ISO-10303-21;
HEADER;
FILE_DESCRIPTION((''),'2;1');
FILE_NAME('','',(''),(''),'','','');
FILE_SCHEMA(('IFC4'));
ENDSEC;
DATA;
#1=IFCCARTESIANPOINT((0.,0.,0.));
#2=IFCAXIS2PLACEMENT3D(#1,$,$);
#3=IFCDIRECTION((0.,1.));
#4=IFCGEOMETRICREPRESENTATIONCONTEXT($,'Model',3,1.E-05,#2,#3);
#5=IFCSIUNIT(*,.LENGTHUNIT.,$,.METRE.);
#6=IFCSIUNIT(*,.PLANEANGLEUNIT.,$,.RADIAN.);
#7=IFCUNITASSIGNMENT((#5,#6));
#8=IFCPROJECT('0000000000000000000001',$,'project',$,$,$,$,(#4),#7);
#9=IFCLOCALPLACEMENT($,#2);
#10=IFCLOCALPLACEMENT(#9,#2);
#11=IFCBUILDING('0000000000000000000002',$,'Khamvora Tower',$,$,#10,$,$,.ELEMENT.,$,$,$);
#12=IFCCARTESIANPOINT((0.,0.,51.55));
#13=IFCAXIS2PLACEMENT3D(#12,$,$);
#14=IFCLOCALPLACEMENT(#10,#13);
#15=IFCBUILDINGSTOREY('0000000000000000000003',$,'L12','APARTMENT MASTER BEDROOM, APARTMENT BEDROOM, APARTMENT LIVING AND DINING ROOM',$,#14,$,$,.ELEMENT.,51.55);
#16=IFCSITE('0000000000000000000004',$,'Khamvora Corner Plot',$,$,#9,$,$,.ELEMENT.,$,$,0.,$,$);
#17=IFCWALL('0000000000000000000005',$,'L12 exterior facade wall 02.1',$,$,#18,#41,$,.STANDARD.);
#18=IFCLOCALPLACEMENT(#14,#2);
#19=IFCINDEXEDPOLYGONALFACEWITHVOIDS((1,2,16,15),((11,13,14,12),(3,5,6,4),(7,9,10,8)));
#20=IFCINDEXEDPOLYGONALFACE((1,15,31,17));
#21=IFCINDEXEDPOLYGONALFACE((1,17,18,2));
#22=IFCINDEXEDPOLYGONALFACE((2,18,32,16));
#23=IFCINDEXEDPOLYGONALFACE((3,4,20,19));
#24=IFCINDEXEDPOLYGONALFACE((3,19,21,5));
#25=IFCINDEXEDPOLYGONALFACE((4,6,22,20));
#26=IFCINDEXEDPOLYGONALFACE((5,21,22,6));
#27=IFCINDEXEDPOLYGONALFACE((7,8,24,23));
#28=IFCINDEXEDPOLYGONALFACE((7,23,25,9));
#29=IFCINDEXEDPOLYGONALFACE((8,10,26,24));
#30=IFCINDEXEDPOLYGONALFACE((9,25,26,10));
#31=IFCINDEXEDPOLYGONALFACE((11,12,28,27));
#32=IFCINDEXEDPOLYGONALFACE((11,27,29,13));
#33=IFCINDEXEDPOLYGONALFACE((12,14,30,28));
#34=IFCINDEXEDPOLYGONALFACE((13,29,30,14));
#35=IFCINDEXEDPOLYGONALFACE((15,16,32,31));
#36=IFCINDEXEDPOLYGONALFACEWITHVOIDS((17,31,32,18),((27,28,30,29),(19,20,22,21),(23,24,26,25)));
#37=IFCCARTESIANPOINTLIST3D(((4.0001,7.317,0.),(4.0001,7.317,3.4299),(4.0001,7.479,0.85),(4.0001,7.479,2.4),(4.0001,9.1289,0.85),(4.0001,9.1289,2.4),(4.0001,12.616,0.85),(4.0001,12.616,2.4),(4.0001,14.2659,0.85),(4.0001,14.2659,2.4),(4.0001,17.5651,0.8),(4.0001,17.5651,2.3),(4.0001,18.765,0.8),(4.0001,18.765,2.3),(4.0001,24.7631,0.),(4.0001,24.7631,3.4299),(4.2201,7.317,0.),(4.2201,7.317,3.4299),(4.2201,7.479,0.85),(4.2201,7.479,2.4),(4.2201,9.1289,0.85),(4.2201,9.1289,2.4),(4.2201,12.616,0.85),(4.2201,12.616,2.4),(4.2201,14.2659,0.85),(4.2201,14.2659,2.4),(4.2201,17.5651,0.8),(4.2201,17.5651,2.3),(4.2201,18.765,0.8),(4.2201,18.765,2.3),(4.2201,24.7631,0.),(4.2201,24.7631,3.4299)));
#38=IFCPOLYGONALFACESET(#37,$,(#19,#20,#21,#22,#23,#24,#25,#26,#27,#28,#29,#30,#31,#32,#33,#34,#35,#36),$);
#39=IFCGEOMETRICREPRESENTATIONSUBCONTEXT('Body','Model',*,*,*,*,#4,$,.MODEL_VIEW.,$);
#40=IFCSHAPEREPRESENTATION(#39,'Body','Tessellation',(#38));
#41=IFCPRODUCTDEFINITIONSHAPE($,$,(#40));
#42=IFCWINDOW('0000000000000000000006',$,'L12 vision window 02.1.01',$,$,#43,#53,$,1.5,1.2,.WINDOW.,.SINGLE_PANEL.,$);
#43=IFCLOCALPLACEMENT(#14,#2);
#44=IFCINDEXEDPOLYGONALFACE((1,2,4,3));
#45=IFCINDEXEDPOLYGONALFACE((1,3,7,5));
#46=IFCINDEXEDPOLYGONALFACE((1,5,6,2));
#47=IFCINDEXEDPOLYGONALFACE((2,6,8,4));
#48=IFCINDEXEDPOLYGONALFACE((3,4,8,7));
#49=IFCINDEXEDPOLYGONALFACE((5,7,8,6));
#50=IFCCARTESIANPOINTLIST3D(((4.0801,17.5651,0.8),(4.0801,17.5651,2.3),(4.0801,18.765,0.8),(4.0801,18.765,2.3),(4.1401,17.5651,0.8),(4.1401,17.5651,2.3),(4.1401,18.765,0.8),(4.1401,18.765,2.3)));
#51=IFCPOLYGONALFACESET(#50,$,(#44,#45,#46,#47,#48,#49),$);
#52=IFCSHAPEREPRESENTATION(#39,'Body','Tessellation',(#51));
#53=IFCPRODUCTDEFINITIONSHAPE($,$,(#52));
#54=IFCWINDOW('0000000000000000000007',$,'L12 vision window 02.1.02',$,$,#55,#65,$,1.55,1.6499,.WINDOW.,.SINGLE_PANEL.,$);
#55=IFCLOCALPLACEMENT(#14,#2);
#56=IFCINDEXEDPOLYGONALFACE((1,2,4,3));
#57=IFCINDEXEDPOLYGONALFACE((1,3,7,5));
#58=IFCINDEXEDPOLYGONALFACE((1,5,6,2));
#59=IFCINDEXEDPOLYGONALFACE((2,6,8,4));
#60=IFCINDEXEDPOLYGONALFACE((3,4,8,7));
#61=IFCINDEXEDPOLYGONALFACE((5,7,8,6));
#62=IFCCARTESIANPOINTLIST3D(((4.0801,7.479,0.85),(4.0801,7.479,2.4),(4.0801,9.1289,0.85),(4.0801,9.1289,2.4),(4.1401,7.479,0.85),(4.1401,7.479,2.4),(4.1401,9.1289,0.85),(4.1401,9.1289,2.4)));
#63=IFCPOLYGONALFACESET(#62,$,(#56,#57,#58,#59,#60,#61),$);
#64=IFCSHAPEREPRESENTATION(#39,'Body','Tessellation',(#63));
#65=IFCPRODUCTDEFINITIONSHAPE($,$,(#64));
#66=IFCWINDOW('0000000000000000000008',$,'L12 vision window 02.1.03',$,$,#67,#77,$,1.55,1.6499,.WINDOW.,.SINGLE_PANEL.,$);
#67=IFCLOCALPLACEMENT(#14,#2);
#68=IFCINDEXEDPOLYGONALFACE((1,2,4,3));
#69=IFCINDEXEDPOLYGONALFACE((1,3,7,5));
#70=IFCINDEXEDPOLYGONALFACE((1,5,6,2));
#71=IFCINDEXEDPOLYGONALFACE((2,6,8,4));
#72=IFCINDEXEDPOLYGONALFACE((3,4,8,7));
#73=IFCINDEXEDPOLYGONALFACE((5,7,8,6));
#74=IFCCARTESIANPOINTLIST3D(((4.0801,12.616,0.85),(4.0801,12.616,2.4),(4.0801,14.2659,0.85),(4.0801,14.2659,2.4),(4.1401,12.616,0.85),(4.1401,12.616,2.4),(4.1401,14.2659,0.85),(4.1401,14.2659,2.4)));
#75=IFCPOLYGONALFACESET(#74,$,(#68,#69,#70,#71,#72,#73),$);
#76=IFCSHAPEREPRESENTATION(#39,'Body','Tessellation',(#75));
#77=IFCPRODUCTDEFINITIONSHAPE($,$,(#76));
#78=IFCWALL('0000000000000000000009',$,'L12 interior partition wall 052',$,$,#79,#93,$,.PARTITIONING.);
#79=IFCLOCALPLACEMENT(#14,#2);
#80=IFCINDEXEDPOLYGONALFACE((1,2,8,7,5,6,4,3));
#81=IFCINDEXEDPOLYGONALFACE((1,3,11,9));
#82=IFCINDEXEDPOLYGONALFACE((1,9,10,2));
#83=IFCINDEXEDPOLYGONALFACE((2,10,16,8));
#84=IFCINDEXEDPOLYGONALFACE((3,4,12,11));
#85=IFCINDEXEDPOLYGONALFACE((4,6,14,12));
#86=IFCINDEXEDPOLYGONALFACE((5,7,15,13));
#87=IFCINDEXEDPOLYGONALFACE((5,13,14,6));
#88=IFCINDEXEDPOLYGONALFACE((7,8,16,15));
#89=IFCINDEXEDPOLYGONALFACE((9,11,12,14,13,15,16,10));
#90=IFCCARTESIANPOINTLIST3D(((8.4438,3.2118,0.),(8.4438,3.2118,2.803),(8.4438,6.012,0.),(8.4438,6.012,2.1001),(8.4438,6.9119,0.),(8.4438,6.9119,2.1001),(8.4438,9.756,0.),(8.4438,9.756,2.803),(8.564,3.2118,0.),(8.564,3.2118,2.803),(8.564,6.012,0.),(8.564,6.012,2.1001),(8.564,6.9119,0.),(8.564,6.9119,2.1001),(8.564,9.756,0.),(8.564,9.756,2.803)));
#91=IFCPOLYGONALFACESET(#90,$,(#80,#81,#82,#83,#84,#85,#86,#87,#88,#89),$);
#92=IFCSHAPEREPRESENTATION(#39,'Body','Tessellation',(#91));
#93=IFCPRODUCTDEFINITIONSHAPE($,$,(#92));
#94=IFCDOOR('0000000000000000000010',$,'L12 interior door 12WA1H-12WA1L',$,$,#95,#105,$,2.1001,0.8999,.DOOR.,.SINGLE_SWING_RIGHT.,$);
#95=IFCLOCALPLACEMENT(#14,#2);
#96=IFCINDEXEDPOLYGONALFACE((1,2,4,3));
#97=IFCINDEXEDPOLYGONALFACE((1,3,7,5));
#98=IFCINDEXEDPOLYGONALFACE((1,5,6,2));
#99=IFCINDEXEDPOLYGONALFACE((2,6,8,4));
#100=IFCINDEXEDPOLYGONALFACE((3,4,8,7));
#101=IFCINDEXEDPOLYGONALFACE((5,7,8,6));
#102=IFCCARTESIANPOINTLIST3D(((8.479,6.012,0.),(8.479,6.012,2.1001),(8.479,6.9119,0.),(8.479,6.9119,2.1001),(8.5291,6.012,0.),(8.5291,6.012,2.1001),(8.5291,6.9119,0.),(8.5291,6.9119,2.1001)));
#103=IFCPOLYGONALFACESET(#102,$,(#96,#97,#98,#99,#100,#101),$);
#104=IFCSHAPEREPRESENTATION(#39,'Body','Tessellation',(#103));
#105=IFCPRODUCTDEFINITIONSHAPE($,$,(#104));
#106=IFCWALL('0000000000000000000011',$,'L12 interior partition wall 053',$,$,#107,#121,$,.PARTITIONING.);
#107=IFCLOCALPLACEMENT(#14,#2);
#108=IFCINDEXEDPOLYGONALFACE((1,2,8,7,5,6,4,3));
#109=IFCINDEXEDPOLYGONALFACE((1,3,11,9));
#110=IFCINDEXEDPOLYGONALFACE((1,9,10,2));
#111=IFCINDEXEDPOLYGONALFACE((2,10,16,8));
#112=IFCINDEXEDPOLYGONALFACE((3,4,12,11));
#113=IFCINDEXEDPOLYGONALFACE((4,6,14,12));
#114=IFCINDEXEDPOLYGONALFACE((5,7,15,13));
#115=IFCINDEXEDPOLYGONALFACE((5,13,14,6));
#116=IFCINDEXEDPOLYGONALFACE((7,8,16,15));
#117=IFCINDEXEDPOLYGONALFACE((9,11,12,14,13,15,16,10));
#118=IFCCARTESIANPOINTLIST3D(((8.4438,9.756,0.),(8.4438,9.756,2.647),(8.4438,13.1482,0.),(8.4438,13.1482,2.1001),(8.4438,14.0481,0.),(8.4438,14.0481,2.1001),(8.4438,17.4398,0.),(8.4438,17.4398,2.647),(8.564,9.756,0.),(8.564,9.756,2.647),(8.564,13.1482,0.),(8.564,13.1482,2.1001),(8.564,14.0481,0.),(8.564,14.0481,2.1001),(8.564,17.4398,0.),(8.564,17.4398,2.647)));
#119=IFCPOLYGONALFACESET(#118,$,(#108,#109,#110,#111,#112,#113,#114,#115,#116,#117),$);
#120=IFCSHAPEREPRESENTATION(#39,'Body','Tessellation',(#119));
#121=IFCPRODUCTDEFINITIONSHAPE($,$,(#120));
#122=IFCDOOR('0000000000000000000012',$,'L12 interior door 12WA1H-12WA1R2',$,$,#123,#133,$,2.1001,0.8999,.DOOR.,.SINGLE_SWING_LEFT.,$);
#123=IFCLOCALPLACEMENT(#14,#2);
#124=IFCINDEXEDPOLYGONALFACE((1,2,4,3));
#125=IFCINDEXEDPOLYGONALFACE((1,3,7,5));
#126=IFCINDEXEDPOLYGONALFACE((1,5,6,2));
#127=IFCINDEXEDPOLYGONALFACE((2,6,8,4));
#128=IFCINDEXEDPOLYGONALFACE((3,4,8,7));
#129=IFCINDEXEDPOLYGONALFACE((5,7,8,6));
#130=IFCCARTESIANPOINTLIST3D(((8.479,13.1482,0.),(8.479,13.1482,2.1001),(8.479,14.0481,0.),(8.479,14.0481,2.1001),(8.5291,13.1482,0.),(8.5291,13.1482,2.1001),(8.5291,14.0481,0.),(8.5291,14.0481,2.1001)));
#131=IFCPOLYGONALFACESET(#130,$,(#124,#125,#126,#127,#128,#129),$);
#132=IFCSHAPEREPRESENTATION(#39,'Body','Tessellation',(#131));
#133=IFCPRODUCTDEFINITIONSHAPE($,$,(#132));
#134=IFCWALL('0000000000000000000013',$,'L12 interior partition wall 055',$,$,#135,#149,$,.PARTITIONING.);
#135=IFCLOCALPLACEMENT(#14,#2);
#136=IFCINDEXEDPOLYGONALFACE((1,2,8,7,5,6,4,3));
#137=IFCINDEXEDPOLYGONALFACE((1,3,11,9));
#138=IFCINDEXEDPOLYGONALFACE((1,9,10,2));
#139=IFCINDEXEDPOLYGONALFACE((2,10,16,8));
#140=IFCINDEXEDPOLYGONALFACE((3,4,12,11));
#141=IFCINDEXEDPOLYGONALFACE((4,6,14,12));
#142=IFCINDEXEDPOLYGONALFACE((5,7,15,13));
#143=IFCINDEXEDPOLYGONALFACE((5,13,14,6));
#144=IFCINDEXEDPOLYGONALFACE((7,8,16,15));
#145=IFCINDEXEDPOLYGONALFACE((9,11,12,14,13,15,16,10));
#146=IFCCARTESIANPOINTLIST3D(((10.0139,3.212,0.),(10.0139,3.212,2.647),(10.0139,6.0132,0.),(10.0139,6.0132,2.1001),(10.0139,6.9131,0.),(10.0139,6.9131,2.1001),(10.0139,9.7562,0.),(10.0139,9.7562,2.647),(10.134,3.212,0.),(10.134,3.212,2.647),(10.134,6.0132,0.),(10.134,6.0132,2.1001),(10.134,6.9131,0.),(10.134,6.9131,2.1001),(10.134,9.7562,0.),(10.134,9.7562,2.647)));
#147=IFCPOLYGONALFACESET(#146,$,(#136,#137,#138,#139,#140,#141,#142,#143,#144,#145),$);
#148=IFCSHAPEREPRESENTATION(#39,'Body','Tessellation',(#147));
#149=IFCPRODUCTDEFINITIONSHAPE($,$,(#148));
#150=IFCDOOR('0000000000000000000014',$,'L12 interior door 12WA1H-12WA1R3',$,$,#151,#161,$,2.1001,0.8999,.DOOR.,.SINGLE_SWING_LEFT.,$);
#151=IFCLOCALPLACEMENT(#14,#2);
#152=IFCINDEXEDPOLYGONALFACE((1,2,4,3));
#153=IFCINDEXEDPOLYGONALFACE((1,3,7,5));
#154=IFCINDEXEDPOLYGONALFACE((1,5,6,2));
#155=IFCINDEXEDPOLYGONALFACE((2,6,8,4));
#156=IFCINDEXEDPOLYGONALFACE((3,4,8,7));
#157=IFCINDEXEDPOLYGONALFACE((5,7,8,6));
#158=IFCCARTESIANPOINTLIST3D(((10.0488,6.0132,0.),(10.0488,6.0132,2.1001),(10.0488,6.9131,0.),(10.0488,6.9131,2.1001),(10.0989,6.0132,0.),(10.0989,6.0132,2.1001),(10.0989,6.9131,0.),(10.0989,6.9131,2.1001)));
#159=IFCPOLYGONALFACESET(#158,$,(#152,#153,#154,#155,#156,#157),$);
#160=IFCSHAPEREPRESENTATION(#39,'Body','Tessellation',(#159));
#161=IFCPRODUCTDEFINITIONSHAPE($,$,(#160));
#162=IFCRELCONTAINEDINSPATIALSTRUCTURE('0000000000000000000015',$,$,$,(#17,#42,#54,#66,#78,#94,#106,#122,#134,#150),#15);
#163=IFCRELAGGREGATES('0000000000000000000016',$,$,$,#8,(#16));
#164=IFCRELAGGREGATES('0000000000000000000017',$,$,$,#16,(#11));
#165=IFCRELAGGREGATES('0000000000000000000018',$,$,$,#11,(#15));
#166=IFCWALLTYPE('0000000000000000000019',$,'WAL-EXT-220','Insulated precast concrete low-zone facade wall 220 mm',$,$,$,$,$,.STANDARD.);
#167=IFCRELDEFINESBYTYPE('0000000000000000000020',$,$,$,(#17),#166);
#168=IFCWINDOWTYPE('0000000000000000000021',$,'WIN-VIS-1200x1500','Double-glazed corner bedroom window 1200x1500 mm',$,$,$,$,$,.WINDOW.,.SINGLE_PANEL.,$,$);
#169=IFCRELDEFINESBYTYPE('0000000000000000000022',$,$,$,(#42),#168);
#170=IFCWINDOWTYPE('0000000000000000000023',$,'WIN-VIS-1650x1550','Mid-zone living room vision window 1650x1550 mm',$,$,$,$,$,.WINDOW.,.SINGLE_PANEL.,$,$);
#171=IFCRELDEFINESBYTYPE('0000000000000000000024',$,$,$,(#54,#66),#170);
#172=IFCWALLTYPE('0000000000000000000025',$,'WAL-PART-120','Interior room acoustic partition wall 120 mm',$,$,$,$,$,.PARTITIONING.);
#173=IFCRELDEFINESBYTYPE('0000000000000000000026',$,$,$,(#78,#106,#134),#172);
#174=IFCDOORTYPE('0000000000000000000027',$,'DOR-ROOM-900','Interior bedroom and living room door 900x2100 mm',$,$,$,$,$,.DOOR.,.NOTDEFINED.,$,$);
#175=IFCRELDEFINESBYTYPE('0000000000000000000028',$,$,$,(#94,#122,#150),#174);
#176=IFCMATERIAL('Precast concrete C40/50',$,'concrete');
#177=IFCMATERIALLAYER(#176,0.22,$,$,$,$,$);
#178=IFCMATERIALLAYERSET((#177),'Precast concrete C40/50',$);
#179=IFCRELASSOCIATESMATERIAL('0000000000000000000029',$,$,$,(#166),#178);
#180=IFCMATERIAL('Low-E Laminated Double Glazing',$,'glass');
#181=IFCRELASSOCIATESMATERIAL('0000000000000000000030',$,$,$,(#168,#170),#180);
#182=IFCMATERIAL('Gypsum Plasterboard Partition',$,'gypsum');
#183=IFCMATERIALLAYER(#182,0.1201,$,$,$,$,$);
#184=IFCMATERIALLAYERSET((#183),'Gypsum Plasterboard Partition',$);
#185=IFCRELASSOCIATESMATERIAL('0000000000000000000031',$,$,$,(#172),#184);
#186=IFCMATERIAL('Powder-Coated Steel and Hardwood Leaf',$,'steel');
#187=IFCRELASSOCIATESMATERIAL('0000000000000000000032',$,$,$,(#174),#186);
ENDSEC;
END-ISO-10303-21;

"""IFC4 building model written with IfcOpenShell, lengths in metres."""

from ifc_helpers import new_model, si_unit, direction, frame, frame_2d, origin, place, context, subcontext, project, spatial, rectangle, extrude, material, layer, layer_set, type_object, element, fill, save


model = new_model("IFC4")

# Units and contexts
model_context = context("Model", 3, precision=1e-05, world=origin(), true_north=direction((0.0, 1.0)))
body_context = subcontext(model_context, "Body", "Model", "MODEL_VIEW")
ifc_project = project(units=[si_unit("LENGTHUNIT", "METRE"), si_unit("PLANEANGLEUNIT", "RADIAN")], contexts=[model_context])

# Site, building, storey
site_placement = place(None, origin())
site = spatial("IfcSite", under=ifc_project, at=site_placement, Name="Khamvora Corner Plot", CompositionType="ELEMENT", RefElevation=0.0)
building_placement = place(site_placement, origin())
building = spatial("IfcBuilding", under=site, at=building_placement, Name="Khamvora Tower", CompositionType="ELEMENT")
storey_placement = place(building_placement, frame((0.0, 0.0, 51.55)))
storey = spatial("IfcBuildingStorey", under=building, at=storey_placement, Name="L12", Description="APARTMENT MASTER BEDROOM, APARTMENT BEDROOM, APARTMENT LIVING AND DINING ROOM", CompositionType="ELEMENT", Elevation=51.55)

# Shared definitions
ifc_material_1 = material(Name="Precast concrete C40/50", Category="concrete")
ifc_layer_1 = layer(ifc_material_1, 0.22)
ifc_layer_set_1 = layer_set([ifc_layer_1], Name="Precast concrete C40/50")
wall_type_1 = type_object("IfcWallType", Name="WAL-EXT-220", Description="Insulated precast concrete low-zone facade wall 220 mm", PredefinedType="STANDARD", material=ifc_layer_set_1)

# Wall, openings, windows
wall_1_placement = place(storey_placement, frame((4.1101, 7.3169, 0.0), z_axis=(0.0, 0.0, 1.0), x_axis=(0.0, 1.0, 0.0)))
wall_1 = element("IfcWall", 1, at=wall_1_placement, inside=storey, type_object=wall_type_1, Name="L12 exterior facade wall 02.1", PredefinedType="STANDARD", context=body_context, shape_type="SweptSolid", body=[
    extrude(rectangle(XDim=17.446, YDim=0.22, at=frame_2d((8.7231, 0.0))), origin(), (0.0, 0.0, 1.0), 3.4299),
])
opening_1_placement = place(wall_1_placement, frame((10.248, 0.0, 0.8)))
opening_1 = element("IfcOpeningElement", 2, at=opening_1_placement, cuts=wall_1, PredefinedType="OPENING", context=body_context, shape_type="SweptSolid", body=[
    extrude(rectangle(XDim=1.2, YDim=1.5, at=frame_2d((0.6001, 0.75))), frame((0.0, 0.1199, 0.0), z_axis=(0.0, -1.0, 0.0), x_axis=(1.0, 0.0, 0.0)), (0.0, 0.0, 1.0), 0.24),
])
opening_2_placement = place(wall_1_placement, frame((0.1621, 0.0, 0.8501)))
opening_2 = element("IfcOpeningElement", 3, at=opening_2_placement, cuts=wall_1, PredefinedType="OPENING", context=body_context, shape_type="SweptSolid", body=[
    extrude(rectangle(XDim=1.6499, YDim=1.55, at=frame_2d((0.825, 0.7749))), frame((0.0, 0.1199, 0.0), z_axis=(0.0, -1.0, 0.0), x_axis=(1.0, 0.0, 0.0)), (0.0, 0.0, 1.0), 0.24),
])
opening_3_placement = place(wall_1_placement, frame((5.2991, 0.0, 0.8501)))
opening_3 = element("IfcOpeningElement", 4, at=opening_3_placement, cuts=wall_1, PredefinedType="OPENING", context=body_context, shape_type="SweptSolid", body=[
    extrude(rectangle(XDim=1.6499, YDim=1.55, at=frame_2d((0.825, 0.7749))), frame((0.0, 0.1199, 0.0), z_axis=(0.0, -1.0, 0.0), x_axis=(1.0, 0.0, 0.0)), (0.0, 0.0, 1.0), 0.24),
])
ifc_material_2 = material(Name="Low-E Laminated Double Glazing", Category="glass")
window_type_1 = type_object("IfcWindowType", Name="WIN-VIS-1200x1500", Description="Double-glazed corner bedroom window 1200x1500 mm", PartitioningType="SINGLE_PANEL", PredefinedType="WINDOW", material=ifc_material_2)
window_1_placement = place(opening_1_placement, origin())
window_1 = element("IfcWindow", 5, at=window_1_placement, inside=storey, type_object=window_type_1, Name="L12 vision window 02.1.01", OverallHeight=1.5, OverallWidth=1.2, PartitioningType="SINGLE_PANEL", PredefinedType="WINDOW", context=body_context, shape_type="SweptSolid", body=[
    extrude(rectangle(XDim=1.2, YDim=1.5, at=frame_2d((0.6001, 0.75))), frame((0.0, 0.03, 0.0), z_axis=(0.0, -1.0, 0.0), x_axis=(1.0, 0.0, 0.0)), (0.0, 0.0, 1.0), 0.0601),
])
fill(opening_1, window_1)
window_type_2 = type_object("IfcWindowType", Name="WIN-VIS-1650x1550", Description="Mid-zone living room vision window 1650x1550 mm", PartitioningType="SINGLE_PANEL", PredefinedType="WINDOW", material=ifc_material_2)
window_2_placement = place(opening_2_placement, origin())
window_2 = element("IfcWindow", 6, at=window_2_placement, inside=storey, type_object=window_type_2, Name="L12 vision window 02.1.02", OverallHeight=1.55, OverallWidth=1.6499, PartitioningType="SINGLE_PANEL", PredefinedType="WINDOW", context=body_context, shape_type="SweptSolid", body=[
    extrude(rectangle(XDim=1.6499, YDim=1.55, at=frame_2d((0.825, 0.7749))), frame((0.0, 0.03, 0.0), z_axis=(0.0, -1.0, 0.0), x_axis=(1.0, 0.0, 0.0)), (0.0, 0.0, 1.0), 0.0601),
])
fill(opening_2, window_2)
window_3_placement = place(opening_3_placement, origin())
window_3 = element("IfcWindow", 7, at=window_3_placement, inside=storey, type_object=window_type_2, Name="L12 vision window 02.1.03", OverallHeight=1.55, OverallWidth=1.6499, PartitioningType="SINGLE_PANEL", PredefinedType="WINDOW", context=body_context, shape_type="SweptSolid", body=[
    extrude(rectangle(XDim=1.6499, YDim=1.55, at=frame_2d((0.825, 0.7749))), frame((0.0, 0.03, 0.0), z_axis=(0.0, -1.0, 0.0), x_axis=(1.0, 0.0, 0.0)), (0.0, 0.0, 1.0), 0.0601),
])
fill(opening_3, window_3)

# Walls, openings, doors
ifc_material_3 = material(Name="Gypsum Plasterboard Partition", Category="gypsum")
ifc_layer_2 = layer(ifc_material_3, 0.1201)
ifc_layer_set_2 = layer_set([ifc_layer_2], Name="Gypsum Plasterboard Partition")
wall_type_2 = type_object("IfcWallType", Name="WAL-PART-120", Description="Interior room acoustic partition wall 120 mm", PredefinedType="PARTITIONING", material=ifc_layer_set_2)
wall_2_placement = place(storey_placement, frame((8.5039, 3.2119, 0.0), z_axis=(0.0, 0.0, 1.0), x_axis=(0.0, 1.0, 0.0)))
wall_2 = element("IfcWall", 8, at=wall_2_placement, inside=storey, type_object=wall_type_2, Name="L12 interior partition wall 052", PredefinedType="PARTITIONING", context=body_context, shape_type="SweptSolid", body=[
    extrude(rectangle(XDim=6.5442, YDim=0.1201, at=frame_2d((3.272, 0.0))), origin(), (0.0, 0.0, 1.0), 2.803),
])
opening_4_placement = place(wall_2_placement, frame((2.8, 0.0, 0.0)))
opening_4 = element("IfcOpeningElement", 9, at=opening_4_placement, cuts=wall_2, PredefinedType="OPENING", context=body_context, shape_type="SweptSolid", body=[
    extrude(rectangle(XDim=0.8999, YDim=2.1001, at=frame_2d((0.45, 1.05))), frame((0.0, 0.0701, 0.0), z_axis=(0.0, -1.0, 0.0), x_axis=(1.0, 0.0, 0.0)), (0.0, 0.0, 1.0), 0.1401),
])
ifc_material_4 = material(Name="Powder-Coated Steel and Hardwood Leaf", Category="steel")
door_type = type_object("IfcDoorType", Name="DOR-ROOM-900", Description="Interior bedroom and living room door 900x2100 mm", OperationType="NOTDEFINED", PredefinedType="DOOR", material=ifc_material_4)
door_1_placement = place(opening_4_placement, origin())
door_1 = element("IfcDoor", 10, at=door_1_placement, inside=storey, type_object=door_type, Name="L12 interior door 12WA1H-12WA1L", OperationType="SINGLE_SWING_RIGHT", OverallHeight=2.1001, OverallWidth=0.8999, PredefinedType="DOOR", context=body_context, shape_type="SweptSolid", body=[
    extrude(rectangle(XDim=0.8999, YDim=2.1001, at=frame_2d((0.45, 1.05))), frame((0.0, 0.0249, 0.0), z_axis=(0.0, -1.0, 0.0), x_axis=(1.0, 0.0, 0.0)), (0.0, 0.0, 1.0), 0.05),
])
fill(opening_4, door_1)
wall_3_placement = place(storey_placement, frame((8.5039, 9.7561, 0.0), z_axis=(0.0, 0.0, 1.0), x_axis=(0.0, 1.0, 0.0)))
wall_3 = element("IfcWall", 11, at=wall_3_placement, inside=storey, type_object=wall_type_2, Name="L12 interior partition wall 053", PredefinedType="PARTITIONING", context=body_context, shape_type="SweptSolid", body=[
    extrude(rectangle(XDim=7.6838, YDim=0.1201, at=frame_2d((3.8418, 0.0))), origin(), (0.0, 0.0, 1.0), 2.647),
])
opening_5_placement = place(wall_3_placement, frame((3.3921, 0.0, 0.0)))
opening_5 = element("IfcOpeningElement", 12, at=opening_5_placement, cuts=wall_3, PredefinedType="OPENING", context=body_context, shape_type="SweptSolid", body=[
    extrude(rectangle(XDim=0.8999, YDim=2.1001, at=frame_2d((0.45, 1.05))), frame((0.0, 0.0701, 0.0), z_axis=(0.0, -1.0, 0.0), x_axis=(1.0, 0.0, 0.0)), (0.0, 0.0, 1.0), 0.1401),
])
door_2_placement = place(opening_5_placement, origin())
door_2 = element("IfcDoor", 13, at=door_2_placement, inside=storey, type_object=door_type, Name="L12 interior door 12WA1H-12WA1R2", OperationType="SINGLE_SWING_LEFT", OverallHeight=2.1001, OverallWidth=0.8999, PredefinedType="DOOR", context=body_context, shape_type="SweptSolid", body=[
    extrude(rectangle(XDim=0.8999, YDim=2.1001, at=frame_2d((0.45, 1.05))), frame((0.0, 0.0249, 0.0), z_axis=(0.0, -1.0, 0.0), x_axis=(1.0, 0.0, 0.0)), (0.0, 0.0, 1.0), 0.05),
])
fill(opening_5, door_2)
wall_4_placement = place(storey_placement, frame((10.074, 9.7561, 0.0), z_axis=(0.0, 0.0, 1.0), x_axis=(0.0, -1.0, 0.0)))
wall_4 = element("IfcWall", 14, at=wall_4_placement, inside=storey, type_object=wall_type_2, Name="L12 interior partition wall 055", PredefinedType="PARTITIONING", context=body_context, shape_type="SweptSolid", body=[
    extrude(rectangle(XDim=6.5442, YDim=0.1201, at=frame_2d((3.272, 0.0))), origin(), (0.0, 0.0, 1.0), 2.647),
])
opening_6_placement = place(wall_4_placement, frame((2.843, 0.0, 0.0)))
opening_6 = element("IfcOpeningElement", 15, at=opening_6_placement, cuts=wall_4, PredefinedType="OPENING", context=body_context, shape_type="SweptSolid", body=[
    extrude(rectangle(XDim=0.8999, YDim=2.1001, at=frame_2d((0.45, 1.05))), frame((0.0, 0.0701, 0.0), z_axis=(0.0, -1.0, 0.0), x_axis=(1.0, 0.0, 0.0)), (0.0, 0.0, 1.0), 0.1401),
])
door_3_placement = place(opening_6_placement, origin())
door_3 = element("IfcDoor", 16, at=door_3_placement, inside=storey, type_object=door_type, Name="L12 interior door 12WA1H-12WA1R3", OperationType="SINGLE_SWING_LEFT", OverallHeight=2.1001, OverallWidth=0.8999, PredefinedType="DOOR", context=body_context, shape_type="SweptSolid", body=[
    extrude(rectangle(XDim=0.8999, YDim=2.1001, at=frame_2d((0.45, 1.05))), frame((0.0, 0.0249, 0.0), z_axis=(0.0, -1.0, 0.0), x_axis=(1.0, 0.0, 0.0)), (0.0, 0.0, 1.0), 0.05),
])
fill(opening_6, door_3)

save(model, "model.ifc")
